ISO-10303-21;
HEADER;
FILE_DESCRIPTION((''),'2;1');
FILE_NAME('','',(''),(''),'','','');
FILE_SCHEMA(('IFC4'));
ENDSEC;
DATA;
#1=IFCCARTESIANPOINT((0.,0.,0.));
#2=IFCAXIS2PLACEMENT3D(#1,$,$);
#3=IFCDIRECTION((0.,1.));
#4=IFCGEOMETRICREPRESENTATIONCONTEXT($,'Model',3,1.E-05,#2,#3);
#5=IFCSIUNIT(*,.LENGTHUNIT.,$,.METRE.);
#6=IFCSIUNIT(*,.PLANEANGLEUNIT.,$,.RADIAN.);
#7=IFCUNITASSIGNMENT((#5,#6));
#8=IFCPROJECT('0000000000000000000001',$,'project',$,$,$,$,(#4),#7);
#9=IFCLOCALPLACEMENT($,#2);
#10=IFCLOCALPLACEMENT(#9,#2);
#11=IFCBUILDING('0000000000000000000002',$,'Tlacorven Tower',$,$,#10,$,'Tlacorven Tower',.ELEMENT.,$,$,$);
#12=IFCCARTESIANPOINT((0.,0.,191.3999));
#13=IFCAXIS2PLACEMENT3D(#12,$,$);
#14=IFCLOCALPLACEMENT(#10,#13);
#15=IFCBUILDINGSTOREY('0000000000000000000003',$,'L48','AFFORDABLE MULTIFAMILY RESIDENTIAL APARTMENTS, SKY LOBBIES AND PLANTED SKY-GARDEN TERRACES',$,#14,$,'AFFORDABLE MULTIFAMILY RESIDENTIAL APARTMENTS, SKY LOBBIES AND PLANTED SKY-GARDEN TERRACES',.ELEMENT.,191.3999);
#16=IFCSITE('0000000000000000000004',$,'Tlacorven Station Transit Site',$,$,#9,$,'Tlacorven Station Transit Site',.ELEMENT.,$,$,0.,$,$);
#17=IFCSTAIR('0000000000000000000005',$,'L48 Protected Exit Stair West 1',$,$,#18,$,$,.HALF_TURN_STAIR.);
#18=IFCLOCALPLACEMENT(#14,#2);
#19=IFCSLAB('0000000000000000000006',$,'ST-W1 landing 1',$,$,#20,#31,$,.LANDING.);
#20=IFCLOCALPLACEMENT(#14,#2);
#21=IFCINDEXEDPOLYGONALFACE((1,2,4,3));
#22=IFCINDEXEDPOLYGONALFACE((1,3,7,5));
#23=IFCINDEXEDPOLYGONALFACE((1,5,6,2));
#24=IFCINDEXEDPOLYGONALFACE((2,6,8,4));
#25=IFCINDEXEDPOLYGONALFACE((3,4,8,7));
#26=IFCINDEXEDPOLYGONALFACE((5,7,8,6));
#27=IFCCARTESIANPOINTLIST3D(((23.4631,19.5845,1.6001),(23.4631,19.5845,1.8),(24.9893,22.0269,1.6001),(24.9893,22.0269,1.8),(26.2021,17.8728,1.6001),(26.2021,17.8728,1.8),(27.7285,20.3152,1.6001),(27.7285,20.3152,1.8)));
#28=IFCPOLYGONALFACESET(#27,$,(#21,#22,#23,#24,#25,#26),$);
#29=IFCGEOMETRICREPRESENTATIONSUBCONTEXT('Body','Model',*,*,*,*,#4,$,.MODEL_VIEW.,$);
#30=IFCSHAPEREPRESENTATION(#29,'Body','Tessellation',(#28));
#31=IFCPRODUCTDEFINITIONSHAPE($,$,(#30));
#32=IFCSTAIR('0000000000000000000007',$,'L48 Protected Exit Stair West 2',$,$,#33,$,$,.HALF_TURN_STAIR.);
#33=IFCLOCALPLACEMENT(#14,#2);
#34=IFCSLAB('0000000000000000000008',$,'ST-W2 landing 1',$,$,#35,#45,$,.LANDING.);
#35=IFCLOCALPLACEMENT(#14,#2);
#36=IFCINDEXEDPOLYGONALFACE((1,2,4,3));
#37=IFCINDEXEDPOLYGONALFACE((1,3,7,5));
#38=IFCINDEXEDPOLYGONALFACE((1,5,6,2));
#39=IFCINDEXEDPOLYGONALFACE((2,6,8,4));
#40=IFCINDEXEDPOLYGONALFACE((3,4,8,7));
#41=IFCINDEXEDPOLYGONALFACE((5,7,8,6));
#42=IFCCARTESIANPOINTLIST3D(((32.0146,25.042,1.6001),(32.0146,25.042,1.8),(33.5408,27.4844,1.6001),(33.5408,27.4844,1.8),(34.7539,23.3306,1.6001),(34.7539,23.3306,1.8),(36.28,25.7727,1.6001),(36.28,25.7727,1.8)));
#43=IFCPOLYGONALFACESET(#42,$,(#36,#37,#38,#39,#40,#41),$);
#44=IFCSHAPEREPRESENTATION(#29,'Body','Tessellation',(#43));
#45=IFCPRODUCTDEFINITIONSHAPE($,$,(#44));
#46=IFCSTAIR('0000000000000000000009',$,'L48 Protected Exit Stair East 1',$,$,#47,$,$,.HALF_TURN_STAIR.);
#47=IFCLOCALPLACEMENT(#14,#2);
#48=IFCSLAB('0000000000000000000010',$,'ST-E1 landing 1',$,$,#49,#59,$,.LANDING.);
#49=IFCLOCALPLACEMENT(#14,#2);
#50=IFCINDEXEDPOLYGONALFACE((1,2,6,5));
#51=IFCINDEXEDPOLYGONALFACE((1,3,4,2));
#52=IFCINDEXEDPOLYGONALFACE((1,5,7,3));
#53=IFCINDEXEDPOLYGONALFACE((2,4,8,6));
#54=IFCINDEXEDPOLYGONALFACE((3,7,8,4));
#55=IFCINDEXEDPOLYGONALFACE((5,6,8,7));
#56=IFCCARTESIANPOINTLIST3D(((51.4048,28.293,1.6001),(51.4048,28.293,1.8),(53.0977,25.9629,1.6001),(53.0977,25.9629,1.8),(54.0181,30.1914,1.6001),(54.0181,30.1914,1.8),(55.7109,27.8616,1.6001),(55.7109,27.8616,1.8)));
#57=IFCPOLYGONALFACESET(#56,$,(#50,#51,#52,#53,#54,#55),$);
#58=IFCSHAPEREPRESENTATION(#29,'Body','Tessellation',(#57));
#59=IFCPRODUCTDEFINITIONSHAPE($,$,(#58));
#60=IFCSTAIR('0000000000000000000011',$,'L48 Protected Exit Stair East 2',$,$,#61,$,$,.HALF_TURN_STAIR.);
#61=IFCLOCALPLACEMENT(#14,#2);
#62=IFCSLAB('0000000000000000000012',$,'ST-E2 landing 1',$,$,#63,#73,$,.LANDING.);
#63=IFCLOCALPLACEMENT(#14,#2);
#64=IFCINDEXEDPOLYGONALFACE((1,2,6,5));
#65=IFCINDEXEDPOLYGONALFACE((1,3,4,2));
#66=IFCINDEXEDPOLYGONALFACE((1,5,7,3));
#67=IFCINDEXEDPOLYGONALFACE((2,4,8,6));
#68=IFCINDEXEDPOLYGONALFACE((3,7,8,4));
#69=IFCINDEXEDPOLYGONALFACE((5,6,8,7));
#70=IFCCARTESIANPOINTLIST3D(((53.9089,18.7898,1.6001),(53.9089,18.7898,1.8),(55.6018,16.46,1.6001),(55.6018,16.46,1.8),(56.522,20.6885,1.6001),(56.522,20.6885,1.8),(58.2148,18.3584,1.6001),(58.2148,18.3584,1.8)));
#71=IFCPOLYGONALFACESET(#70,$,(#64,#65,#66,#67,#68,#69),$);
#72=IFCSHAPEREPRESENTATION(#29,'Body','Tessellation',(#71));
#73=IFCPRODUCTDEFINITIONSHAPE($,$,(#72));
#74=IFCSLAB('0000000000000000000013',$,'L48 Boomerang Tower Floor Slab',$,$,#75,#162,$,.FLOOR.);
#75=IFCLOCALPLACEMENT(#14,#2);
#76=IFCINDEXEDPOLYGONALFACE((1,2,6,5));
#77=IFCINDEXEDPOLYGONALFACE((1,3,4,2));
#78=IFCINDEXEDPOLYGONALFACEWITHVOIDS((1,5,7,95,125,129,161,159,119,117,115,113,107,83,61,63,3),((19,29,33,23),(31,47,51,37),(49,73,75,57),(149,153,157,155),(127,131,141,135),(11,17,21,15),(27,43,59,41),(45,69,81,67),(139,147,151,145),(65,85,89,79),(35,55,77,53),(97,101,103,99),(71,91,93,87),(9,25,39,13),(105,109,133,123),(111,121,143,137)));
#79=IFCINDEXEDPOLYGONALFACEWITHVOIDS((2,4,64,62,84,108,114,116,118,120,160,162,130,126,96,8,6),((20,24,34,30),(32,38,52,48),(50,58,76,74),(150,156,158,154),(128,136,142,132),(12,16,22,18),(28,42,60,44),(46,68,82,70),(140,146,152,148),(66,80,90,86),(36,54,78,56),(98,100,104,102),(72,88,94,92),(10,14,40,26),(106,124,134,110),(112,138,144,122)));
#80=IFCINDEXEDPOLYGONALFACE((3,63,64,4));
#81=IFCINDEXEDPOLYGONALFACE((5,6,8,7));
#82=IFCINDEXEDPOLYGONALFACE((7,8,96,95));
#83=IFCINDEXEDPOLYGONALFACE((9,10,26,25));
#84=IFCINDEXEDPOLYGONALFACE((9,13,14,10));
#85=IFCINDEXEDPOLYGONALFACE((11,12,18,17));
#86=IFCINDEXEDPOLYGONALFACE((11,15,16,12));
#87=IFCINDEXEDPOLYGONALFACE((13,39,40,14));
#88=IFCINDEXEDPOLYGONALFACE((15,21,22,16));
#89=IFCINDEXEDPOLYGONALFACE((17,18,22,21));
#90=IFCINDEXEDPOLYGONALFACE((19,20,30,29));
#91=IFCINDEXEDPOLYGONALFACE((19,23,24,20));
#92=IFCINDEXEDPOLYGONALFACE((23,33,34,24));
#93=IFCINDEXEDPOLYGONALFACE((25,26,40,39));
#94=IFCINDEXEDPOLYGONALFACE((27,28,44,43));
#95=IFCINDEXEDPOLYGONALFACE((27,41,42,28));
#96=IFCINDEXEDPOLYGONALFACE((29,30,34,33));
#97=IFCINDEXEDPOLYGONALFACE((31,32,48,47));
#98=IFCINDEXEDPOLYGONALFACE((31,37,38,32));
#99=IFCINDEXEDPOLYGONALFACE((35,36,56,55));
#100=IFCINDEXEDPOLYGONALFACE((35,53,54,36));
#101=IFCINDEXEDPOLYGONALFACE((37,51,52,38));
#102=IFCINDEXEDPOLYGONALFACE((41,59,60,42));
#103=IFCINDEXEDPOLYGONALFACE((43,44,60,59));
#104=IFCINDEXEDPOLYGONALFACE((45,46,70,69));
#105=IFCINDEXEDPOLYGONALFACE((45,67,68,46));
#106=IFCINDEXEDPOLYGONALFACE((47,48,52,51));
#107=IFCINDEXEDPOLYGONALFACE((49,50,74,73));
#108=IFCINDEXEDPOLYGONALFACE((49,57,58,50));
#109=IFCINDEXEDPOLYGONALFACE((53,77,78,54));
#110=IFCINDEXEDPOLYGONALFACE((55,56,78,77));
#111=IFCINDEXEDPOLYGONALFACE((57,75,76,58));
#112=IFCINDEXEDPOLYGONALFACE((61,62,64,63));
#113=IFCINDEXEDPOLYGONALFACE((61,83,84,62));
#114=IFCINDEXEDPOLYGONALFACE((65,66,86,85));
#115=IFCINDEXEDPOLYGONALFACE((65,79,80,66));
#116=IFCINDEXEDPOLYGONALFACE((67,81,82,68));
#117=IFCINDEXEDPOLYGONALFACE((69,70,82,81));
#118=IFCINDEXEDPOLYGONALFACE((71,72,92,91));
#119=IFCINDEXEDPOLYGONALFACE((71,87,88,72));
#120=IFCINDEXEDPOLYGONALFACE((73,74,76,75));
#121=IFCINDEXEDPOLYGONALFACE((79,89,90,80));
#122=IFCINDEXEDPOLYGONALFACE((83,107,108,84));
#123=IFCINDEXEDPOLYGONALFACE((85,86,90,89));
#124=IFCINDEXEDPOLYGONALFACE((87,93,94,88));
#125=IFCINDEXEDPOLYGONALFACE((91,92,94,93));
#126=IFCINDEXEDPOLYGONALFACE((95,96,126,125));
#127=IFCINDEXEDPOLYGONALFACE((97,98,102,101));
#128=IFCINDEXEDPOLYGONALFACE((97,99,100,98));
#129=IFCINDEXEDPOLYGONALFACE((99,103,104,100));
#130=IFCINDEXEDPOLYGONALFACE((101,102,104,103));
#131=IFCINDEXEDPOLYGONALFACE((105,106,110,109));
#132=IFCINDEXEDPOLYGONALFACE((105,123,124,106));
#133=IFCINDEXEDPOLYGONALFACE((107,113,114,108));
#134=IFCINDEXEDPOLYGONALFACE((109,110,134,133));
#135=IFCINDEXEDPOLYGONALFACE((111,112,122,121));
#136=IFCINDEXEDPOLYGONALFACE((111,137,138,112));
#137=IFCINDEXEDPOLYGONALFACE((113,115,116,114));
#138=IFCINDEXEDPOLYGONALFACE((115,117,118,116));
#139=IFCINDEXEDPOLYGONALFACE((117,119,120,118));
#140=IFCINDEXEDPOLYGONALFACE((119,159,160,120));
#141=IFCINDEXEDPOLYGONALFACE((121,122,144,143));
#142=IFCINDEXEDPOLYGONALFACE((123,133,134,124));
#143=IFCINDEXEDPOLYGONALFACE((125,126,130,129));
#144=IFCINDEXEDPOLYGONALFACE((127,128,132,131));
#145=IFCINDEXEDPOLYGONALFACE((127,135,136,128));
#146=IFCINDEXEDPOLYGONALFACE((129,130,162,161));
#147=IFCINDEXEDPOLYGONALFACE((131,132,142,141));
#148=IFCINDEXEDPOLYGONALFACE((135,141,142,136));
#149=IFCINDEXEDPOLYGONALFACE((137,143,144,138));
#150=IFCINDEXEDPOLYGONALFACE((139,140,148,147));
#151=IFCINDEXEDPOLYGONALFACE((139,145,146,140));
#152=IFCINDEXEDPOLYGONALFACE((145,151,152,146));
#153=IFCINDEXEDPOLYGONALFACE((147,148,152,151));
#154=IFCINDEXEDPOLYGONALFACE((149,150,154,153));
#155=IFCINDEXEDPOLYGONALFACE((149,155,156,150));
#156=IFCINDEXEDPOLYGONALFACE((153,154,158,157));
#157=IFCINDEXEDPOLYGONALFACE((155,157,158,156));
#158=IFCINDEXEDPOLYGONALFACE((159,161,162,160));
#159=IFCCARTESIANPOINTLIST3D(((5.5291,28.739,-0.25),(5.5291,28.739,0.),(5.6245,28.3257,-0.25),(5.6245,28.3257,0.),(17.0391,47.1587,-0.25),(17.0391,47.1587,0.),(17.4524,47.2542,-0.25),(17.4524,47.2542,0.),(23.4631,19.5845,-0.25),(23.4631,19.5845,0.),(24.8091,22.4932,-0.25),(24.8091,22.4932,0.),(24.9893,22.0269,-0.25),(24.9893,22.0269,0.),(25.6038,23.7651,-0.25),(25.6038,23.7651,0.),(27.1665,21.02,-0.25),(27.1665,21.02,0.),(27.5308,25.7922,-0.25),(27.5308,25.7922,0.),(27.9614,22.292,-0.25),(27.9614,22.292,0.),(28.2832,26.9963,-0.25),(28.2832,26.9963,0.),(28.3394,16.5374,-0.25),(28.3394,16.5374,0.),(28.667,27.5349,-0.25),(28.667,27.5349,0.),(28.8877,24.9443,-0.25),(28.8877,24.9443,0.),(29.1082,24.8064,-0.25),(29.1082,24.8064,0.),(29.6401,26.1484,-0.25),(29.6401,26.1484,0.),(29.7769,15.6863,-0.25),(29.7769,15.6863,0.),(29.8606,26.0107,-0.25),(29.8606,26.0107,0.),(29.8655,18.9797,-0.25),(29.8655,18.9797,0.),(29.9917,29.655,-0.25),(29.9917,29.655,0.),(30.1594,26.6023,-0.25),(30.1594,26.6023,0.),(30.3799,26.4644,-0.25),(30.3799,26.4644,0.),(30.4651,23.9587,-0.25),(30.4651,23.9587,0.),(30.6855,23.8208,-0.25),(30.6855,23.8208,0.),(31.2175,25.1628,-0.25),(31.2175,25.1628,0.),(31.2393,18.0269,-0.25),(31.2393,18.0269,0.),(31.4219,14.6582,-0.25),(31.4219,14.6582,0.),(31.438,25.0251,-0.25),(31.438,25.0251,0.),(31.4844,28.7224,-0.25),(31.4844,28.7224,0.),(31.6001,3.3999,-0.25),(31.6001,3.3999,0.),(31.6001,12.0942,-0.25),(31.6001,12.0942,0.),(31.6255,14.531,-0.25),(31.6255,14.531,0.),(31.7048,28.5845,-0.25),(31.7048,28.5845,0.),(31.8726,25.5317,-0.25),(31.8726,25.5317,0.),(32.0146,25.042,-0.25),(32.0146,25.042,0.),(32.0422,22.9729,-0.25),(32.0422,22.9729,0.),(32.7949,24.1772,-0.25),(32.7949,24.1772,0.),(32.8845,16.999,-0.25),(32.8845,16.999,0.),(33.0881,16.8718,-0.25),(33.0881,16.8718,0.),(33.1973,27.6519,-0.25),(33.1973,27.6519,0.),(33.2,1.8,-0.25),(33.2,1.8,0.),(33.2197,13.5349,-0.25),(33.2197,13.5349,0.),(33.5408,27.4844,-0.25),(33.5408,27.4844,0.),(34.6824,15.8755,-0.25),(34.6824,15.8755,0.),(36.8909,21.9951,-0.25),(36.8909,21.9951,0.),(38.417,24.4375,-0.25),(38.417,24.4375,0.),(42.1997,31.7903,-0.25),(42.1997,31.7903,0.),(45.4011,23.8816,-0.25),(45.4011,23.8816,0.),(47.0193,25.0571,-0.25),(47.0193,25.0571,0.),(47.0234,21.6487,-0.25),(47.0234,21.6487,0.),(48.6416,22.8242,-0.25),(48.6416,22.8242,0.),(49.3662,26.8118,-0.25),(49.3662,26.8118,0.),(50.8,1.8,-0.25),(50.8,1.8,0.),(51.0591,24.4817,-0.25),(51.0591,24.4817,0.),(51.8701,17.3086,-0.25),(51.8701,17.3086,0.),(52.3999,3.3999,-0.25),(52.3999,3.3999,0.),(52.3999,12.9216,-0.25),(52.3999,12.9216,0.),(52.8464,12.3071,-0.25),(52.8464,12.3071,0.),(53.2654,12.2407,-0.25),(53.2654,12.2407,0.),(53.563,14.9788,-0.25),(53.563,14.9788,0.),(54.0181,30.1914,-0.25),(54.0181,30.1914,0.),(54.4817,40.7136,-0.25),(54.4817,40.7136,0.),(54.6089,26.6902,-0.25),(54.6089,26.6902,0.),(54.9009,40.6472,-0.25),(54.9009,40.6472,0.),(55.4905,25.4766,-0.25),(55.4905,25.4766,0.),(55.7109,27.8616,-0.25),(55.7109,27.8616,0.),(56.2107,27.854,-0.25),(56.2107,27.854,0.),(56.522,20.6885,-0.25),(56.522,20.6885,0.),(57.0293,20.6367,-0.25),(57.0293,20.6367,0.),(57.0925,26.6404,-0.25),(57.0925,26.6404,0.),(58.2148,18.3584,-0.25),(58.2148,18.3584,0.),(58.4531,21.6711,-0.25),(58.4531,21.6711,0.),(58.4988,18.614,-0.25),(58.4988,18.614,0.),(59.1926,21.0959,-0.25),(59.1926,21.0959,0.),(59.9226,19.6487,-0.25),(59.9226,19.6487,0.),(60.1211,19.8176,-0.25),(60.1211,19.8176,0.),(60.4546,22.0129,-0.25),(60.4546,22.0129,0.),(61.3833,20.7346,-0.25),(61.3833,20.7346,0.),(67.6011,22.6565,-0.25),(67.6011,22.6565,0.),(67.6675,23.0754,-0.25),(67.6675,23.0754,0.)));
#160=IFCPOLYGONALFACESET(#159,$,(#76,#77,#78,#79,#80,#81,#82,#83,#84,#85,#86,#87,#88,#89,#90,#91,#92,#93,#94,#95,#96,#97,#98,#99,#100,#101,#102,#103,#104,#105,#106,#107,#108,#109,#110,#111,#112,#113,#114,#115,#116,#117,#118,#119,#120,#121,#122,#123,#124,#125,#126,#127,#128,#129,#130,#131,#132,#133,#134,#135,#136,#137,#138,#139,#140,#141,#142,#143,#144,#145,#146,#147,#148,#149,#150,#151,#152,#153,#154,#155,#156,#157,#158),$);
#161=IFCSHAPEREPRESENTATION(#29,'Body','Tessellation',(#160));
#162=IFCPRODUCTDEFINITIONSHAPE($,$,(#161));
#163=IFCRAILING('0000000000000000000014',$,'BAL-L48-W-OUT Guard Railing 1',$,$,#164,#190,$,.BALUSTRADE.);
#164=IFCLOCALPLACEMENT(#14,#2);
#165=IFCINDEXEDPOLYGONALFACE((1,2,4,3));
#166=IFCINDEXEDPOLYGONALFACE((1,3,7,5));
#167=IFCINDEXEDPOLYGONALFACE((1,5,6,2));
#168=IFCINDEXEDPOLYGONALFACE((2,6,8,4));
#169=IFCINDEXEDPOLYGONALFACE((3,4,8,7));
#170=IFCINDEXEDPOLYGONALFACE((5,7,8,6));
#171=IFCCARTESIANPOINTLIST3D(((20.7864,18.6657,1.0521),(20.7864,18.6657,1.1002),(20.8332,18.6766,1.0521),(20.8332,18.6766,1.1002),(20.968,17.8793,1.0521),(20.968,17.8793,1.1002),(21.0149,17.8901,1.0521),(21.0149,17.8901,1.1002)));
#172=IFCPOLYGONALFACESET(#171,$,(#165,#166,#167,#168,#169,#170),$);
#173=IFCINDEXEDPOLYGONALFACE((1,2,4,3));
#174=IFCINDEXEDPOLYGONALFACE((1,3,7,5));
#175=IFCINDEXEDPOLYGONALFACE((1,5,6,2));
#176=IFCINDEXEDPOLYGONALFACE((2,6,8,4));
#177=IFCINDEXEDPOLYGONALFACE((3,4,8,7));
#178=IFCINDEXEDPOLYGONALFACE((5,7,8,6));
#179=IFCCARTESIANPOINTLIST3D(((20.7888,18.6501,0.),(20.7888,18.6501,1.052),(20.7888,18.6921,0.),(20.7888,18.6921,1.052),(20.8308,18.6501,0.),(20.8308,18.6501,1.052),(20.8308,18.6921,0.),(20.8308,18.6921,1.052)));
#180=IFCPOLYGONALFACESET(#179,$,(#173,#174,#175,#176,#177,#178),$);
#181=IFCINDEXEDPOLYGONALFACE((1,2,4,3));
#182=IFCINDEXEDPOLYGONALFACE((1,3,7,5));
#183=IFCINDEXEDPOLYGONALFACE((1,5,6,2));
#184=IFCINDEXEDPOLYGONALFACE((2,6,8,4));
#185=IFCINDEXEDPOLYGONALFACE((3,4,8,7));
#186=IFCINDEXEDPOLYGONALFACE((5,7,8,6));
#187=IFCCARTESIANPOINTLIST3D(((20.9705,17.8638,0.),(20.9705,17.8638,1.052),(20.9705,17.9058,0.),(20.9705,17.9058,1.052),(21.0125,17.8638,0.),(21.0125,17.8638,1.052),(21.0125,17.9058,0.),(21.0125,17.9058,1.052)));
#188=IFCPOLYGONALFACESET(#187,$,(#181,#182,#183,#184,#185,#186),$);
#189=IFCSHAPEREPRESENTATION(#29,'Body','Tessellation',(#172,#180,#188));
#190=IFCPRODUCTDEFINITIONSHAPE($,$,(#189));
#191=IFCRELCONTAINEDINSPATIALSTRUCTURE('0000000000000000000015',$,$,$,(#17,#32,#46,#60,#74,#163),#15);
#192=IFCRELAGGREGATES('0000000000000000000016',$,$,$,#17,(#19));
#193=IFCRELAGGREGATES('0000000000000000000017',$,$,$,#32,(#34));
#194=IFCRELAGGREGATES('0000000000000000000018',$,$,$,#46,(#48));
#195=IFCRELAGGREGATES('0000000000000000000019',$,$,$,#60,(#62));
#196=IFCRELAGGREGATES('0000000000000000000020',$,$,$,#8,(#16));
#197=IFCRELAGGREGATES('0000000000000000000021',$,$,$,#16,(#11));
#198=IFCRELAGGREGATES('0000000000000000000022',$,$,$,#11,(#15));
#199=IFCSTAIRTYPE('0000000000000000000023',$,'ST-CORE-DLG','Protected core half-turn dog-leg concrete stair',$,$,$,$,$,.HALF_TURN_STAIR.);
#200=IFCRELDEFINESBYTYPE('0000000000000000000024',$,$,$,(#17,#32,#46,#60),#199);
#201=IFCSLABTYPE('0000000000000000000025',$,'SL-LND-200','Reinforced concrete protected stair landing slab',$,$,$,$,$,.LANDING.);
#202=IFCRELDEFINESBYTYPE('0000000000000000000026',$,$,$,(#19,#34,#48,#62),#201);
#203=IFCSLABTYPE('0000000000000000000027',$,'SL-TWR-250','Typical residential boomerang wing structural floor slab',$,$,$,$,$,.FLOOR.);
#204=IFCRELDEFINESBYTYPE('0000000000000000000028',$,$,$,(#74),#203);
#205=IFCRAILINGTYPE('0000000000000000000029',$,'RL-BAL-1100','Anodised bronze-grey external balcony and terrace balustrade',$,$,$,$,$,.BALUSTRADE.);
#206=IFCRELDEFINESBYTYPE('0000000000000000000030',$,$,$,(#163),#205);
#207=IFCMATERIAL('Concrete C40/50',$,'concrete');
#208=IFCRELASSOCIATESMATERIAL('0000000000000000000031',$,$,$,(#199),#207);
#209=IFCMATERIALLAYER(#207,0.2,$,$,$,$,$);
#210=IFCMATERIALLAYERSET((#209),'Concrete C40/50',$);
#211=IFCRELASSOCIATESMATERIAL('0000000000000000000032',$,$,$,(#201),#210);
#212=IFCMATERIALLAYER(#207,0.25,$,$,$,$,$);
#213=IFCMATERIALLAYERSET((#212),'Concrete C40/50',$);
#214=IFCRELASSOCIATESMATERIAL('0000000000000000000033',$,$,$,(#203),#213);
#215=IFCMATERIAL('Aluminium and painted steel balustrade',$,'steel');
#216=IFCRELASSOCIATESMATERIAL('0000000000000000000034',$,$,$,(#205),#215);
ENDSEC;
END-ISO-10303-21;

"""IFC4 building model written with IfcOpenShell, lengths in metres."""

from ifc_helpers import new_model, si_unit, direction, frame, origin, origin_2d, place, context, subcontext, project, spatial, polyline, rectangle, outline, extrude, source, transform, mapped, material, layer, layer_set, type_object, element, aggregate, save


model = new_model("IFC4")

# Units and contexts
model_context = context("Model", 3, precision=1e-05, world=origin(), true_north=direction((0.0, 1.0)))
body_context = subcontext(model_context, "Body", "Model", "MODEL_VIEW")
ifc_project = project(units=[si_unit("LENGTHUNIT", "METRE"), si_unit("PLANEANGLEUNIT", "RADIAN")], contexts=[model_context])

# Site, building, storey
site_placement = place(None, origin())
site = spatial("IfcSite", under=ifc_project, at=site_placement, Name="Tlacorven Station Transit Site", LongName="Tlacorven Station Transit Site", CompositionType="ELEMENT", RefElevation=0.0)
building_placement = place(site_placement, origin())
building = spatial("IfcBuilding", under=site, at=building_placement, Name="Tlacorven Tower", LongName="Tlacorven Tower", CompositionType="ELEMENT")
storey_placement = place(building_placement, frame((0.0, 0.0, 191.3999)))
storey = spatial("IfcBuildingStorey", under=building, at=storey_placement, Name="L48", Description="AFFORDABLE MULTIFAMILY RESIDENTIAL APARTMENTS, SKY LOBBIES AND PLANTED SKY-GARDEN TERRACES", LongName="AFFORDABLE MULTIFAMILY RESIDENTIAL APARTMENTS, SKY LOBBIES AND PLANTED SKY-GARDEN TERRACES", CompositionType="ELEMENT", Elevation=191.3999)

# Stairs, slabs
ifc_material_1 = material(Name="Concrete C40/50", Category="concrete")
stair_type = type_object("IfcStairType", Name="ST-CORE-DLG", Description="Protected core half-turn dog-leg concrete stair", PredefinedType="HALF_TURN_STAIR", material=ifc_material_1)
stair_1_placement = place(storey_placement, origin())
stair_1 = element("IfcStair", 1, at=stair_1_placement, inside=storey, type_object=stair_type, Name="L48 Protected Exit Stair West 1", PredefinedType="HALF_TURN_STAIR")
ifc_layer_1 = layer(ifc_material_1, 0.2)
ifc_layer_set_1 = layer_set([ifc_layer_1], Name="Concrete C40/50")
slab_type_1 = type_object("IfcSlabType", Name="SL-LND-200", Description="Reinforced concrete protected stair landing slab", PredefinedType="LANDING", material=ifc_layer_set_1)
slab_1_placement = place(storey_placement, frame((0.0, 0.0, 1.6001)))
slab_1 = element("IfcSlab", 2, at=slab_1_placement, type_object=slab_type_1, Name="ST-W1 landing 1", PredefinedType="LANDING", context=body_context, shape_type="SweptSolid", body=[
    extrude(outline(polyline([(27.7285, 20.3152), (24.9893, 22.0269), (23.4631, 19.5845), (26.2021, 17.8728), (27.7285, 20.3152)])), origin(), (0.0, 0.0, 1.0), 0.2),
])
aggregate(stair_1, [slab_1])
stair_2_placement = place(storey_placement, origin())
stair_2 = element("IfcStair", 3, at=stair_2_placement, inside=storey, type_object=stair_type, Name="L48 Protected Exit Stair West 2", PredefinedType="HALF_TURN_STAIR")
slab_2_placement = place(storey_placement, frame((0.0, 0.0, 1.6001)))
slab_2 = element("IfcSlab", 4, at=slab_2_placement, type_object=slab_type_1, Name="ST-W2 landing 1", PredefinedType="LANDING", context=body_context, shape_type="SweptSolid", body=[
    extrude(outline(polyline([(36.28, 25.7727), (33.5408, 27.4844), (32.0146, 25.042), (34.7539, 23.3306), (36.28, 25.7727)])), origin(), (0.0, 0.0, 1.0), 0.2),
])
aggregate(stair_2, [slab_2])
stair_3_placement = place(storey_placement, origin())
stair_3 = element("IfcStair", 5, at=stair_3_placement, inside=storey, type_object=stair_type, Name="L48 Protected Exit Stair East 1", PredefinedType="HALF_TURN_STAIR")
slab_3_placement = place(storey_placement, frame((0.0, 0.0, 1.6001)))
slab_3 = element("IfcSlab", 6, at=slab_3_placement, type_object=slab_type_1, Name="ST-E1 landing 1", PredefinedType="LANDING", context=body_context, shape_type="SweptSolid", body=[
    extrude(outline(polyline([(53.0977, 25.9629), (55.7109, 27.8616), (54.0181, 30.1914), (51.4048, 28.293), (53.0977, 25.9629)])), origin(), (0.0, 0.0, 1.0), 0.2),
])
aggregate(stair_3, [slab_3])
stair_4_placement = place(storey_placement, origin())
stair_4 = element("IfcStair", 7, at=stair_4_placement, inside=storey, type_object=stair_type, Name="L48 Protected Exit Stair East 2", PredefinedType="HALF_TURN_STAIR")
slab_4_placement = place(storey_placement, frame((0.0, 0.0, 1.6001)))
slab_4 = element("IfcSlab", 8, at=slab_4_placement, type_object=slab_type_1, Name="ST-E2 landing 1", PredefinedType="LANDING", context=body_context, shape_type="SweptSolid", body=[
    extrude(outline(polyline([(55.6018, 16.46), (58.2148, 18.3584), (56.522, 20.6885), (53.9089, 18.7898), (55.6018, 16.46)])), origin(), (0.0, 0.0, 1.0), 0.2),
])
aggregate(stair_4, [slab_4])

# Slab
ifc_layer_2 = layer(ifc_material_1, 0.25)
ifc_layer_set_2 = layer_set([ifc_layer_2], Name="Concrete C40/50")
slab_type_2 = type_object("IfcSlabType", Name="SL-TWR-250", Description="Typical residential boomerang wing structural floor slab", PredefinedType="FLOOR", material=ifc_layer_set_2)
slab_5_placement = place(storey_placement, frame((0.0, 0.0, -0.25)))
element("IfcSlab", 9, at=slab_5_placement, inside=storey, type_object=slab_type_2, Name="L48 Boomerang Tower Floor Slab", PredefinedType="FLOOR", context=body_context, shape_type="SweptSolid", body=[
    extrude(outline(polyline([(52.3999, 3.3999), (50.8, 1.8), (33.2, 1.8), (31.6001, 3.3999), (31.6001, 12.0942), (5.6245, 28.3257), (5.5291, 28.739), (17.0391, 47.1587), (17.4524, 47.2542), (42.1997, 31.7903), (54.4817, 40.7136), (54.9009, 40.6472), (67.6675, 23.0754), (67.6011, 22.6565), (53.2654, 12.2407), (52.8464, 12.3071), (52.3999, 12.9216), (52.3999, 3.3999)]), holes=[polyline([(29.8655, 18.9797), (24.9893, 22.0269), (23.4631, 19.5845), (28.3394, 16.5374), (29.8655, 18.9797)]), polyline([(38.417, 24.4375), (33.5408, 27.4844), (32.0146, 25.042), (36.8909, 21.9951), (38.417, 24.4375)]), polyline([(51.0591, 24.4817), (55.7109, 27.8616), (54.0181, 30.1914), (49.3662, 26.8118), (51.0591, 24.4817)]), polyline([(53.563, 14.9788), (58.2148, 18.3584), (56.522, 20.6885), (51.8701, 17.3086), (53.563, 14.9788)]), polyline([(34.6824, 15.8755), (33.0881, 16.8718), (31.6255, 14.531), (33.2197, 13.5349), (34.6824, 15.8755)]), polyline([(32.8845, 16.999), (31.2393, 18.0269), (29.7769, 15.6863), (31.4219, 14.6582), (32.8845, 16.999)]), polyline([(47.0234, 21.6487), (48.6416, 22.8242), (47.0193, 25.0571), (45.4011, 23.8816), (47.0234, 21.6487)]), polyline([(33.1973, 27.6519), (31.7048, 28.5845), (30.3799, 26.4644), (31.8726, 25.5317), (33.1973, 27.6519)]), polyline([(31.4844, 28.7224), (29.9917, 29.655), (28.667, 27.5349), (30.1594, 26.6023), (31.4844, 28.7224)]), polyline([(32.7949, 24.1772), (31.438, 25.0251), (30.6855, 23.8208), (32.0422, 22.9729), (32.7949, 24.1772)]), polyline([(31.2175, 25.1628), (29.8606, 26.0107), (29.1082, 24.8064), (30.4651, 23.9587), (31.2175, 25.1628)]), polyline([(29.6401, 26.1484), (28.2832, 26.9963), (27.5308, 25.7922), (28.8877, 24.9443), (29.6401, 26.1484)]), polyline([(58.4988, 18.614), (59.9226, 19.6487), (58.4531, 21.6711), (57.0293, 20.6367), (58.4988, 18.614)]), polyline([(27.9614, 22.292), (25.6038, 23.7651), (24.8091, 22.4932), (27.1665, 21.02), (27.9614, 22.292)]), polyline([(55.4905, 25.4766), (57.0925, 26.6404), (56.2107, 27.854), (54.6089, 26.6902), (55.4905, 25.4766)]), polyline([(60.1211, 19.8176), (61.3833, 20.7346), (60.4546, 22.0129), (59.1926, 21.0959), (60.1211, 19.8176)])]), origin(), (0.0, 0.0, 1.0), 0.25),
])

# Railing
ifc_material_2 = material(Name="Aluminium and painted steel balustrade", Category="steel")
railing_type = type_object("IfcRailingType", Name="RL-BAL-1100", Description="Anodised bronze-grey external balcony and terrace balustrade", PredefinedType="BALUSTRADE", material=ifc_material_2)
shared_shape_1 = source(origin(), body_context, "Body", "SweptSolid", [
    extrude(rectangle(XDim=0.0481, YDim=0.0481, at=origin_2d()), frame((0.0, 0.0, 1.0762), z_axis=(0.225058, -0.974345, 0.0), x_axis=(0.974345, 0.225058, 0.0)), (0.0, 0.0, 1.0), 0.8071),
    extrude(rectangle(XDim=0.042, YDim=0.042, at=origin_2d()), origin(), (0.0, 0.0, 1.0), 1.052),
    extrude(rectangle(XDim=0.042, YDim=0.042, at=origin_2d()), frame((0.1816, -0.7864, 0.0)), (0.0, 0.0, 1.0), 1.052),
])
railing_1_placement = place(storey_placement, frame((20.8098, 18.6711, 0.0)))
element("IfcRailing", 10, at=railing_1_placement, inside=storey, type_object=railing_type, Name="BAL-L48-W-OUT Guard Railing 1", PredefinedType="BALUSTRADE", context=body_context, shape_type="MappedRepresentation", body=[
    mapped(shared_shape_1, transform((0.0, 0.0, 0.0), scale=1.0)),
])

save(model, "model.ifc")
